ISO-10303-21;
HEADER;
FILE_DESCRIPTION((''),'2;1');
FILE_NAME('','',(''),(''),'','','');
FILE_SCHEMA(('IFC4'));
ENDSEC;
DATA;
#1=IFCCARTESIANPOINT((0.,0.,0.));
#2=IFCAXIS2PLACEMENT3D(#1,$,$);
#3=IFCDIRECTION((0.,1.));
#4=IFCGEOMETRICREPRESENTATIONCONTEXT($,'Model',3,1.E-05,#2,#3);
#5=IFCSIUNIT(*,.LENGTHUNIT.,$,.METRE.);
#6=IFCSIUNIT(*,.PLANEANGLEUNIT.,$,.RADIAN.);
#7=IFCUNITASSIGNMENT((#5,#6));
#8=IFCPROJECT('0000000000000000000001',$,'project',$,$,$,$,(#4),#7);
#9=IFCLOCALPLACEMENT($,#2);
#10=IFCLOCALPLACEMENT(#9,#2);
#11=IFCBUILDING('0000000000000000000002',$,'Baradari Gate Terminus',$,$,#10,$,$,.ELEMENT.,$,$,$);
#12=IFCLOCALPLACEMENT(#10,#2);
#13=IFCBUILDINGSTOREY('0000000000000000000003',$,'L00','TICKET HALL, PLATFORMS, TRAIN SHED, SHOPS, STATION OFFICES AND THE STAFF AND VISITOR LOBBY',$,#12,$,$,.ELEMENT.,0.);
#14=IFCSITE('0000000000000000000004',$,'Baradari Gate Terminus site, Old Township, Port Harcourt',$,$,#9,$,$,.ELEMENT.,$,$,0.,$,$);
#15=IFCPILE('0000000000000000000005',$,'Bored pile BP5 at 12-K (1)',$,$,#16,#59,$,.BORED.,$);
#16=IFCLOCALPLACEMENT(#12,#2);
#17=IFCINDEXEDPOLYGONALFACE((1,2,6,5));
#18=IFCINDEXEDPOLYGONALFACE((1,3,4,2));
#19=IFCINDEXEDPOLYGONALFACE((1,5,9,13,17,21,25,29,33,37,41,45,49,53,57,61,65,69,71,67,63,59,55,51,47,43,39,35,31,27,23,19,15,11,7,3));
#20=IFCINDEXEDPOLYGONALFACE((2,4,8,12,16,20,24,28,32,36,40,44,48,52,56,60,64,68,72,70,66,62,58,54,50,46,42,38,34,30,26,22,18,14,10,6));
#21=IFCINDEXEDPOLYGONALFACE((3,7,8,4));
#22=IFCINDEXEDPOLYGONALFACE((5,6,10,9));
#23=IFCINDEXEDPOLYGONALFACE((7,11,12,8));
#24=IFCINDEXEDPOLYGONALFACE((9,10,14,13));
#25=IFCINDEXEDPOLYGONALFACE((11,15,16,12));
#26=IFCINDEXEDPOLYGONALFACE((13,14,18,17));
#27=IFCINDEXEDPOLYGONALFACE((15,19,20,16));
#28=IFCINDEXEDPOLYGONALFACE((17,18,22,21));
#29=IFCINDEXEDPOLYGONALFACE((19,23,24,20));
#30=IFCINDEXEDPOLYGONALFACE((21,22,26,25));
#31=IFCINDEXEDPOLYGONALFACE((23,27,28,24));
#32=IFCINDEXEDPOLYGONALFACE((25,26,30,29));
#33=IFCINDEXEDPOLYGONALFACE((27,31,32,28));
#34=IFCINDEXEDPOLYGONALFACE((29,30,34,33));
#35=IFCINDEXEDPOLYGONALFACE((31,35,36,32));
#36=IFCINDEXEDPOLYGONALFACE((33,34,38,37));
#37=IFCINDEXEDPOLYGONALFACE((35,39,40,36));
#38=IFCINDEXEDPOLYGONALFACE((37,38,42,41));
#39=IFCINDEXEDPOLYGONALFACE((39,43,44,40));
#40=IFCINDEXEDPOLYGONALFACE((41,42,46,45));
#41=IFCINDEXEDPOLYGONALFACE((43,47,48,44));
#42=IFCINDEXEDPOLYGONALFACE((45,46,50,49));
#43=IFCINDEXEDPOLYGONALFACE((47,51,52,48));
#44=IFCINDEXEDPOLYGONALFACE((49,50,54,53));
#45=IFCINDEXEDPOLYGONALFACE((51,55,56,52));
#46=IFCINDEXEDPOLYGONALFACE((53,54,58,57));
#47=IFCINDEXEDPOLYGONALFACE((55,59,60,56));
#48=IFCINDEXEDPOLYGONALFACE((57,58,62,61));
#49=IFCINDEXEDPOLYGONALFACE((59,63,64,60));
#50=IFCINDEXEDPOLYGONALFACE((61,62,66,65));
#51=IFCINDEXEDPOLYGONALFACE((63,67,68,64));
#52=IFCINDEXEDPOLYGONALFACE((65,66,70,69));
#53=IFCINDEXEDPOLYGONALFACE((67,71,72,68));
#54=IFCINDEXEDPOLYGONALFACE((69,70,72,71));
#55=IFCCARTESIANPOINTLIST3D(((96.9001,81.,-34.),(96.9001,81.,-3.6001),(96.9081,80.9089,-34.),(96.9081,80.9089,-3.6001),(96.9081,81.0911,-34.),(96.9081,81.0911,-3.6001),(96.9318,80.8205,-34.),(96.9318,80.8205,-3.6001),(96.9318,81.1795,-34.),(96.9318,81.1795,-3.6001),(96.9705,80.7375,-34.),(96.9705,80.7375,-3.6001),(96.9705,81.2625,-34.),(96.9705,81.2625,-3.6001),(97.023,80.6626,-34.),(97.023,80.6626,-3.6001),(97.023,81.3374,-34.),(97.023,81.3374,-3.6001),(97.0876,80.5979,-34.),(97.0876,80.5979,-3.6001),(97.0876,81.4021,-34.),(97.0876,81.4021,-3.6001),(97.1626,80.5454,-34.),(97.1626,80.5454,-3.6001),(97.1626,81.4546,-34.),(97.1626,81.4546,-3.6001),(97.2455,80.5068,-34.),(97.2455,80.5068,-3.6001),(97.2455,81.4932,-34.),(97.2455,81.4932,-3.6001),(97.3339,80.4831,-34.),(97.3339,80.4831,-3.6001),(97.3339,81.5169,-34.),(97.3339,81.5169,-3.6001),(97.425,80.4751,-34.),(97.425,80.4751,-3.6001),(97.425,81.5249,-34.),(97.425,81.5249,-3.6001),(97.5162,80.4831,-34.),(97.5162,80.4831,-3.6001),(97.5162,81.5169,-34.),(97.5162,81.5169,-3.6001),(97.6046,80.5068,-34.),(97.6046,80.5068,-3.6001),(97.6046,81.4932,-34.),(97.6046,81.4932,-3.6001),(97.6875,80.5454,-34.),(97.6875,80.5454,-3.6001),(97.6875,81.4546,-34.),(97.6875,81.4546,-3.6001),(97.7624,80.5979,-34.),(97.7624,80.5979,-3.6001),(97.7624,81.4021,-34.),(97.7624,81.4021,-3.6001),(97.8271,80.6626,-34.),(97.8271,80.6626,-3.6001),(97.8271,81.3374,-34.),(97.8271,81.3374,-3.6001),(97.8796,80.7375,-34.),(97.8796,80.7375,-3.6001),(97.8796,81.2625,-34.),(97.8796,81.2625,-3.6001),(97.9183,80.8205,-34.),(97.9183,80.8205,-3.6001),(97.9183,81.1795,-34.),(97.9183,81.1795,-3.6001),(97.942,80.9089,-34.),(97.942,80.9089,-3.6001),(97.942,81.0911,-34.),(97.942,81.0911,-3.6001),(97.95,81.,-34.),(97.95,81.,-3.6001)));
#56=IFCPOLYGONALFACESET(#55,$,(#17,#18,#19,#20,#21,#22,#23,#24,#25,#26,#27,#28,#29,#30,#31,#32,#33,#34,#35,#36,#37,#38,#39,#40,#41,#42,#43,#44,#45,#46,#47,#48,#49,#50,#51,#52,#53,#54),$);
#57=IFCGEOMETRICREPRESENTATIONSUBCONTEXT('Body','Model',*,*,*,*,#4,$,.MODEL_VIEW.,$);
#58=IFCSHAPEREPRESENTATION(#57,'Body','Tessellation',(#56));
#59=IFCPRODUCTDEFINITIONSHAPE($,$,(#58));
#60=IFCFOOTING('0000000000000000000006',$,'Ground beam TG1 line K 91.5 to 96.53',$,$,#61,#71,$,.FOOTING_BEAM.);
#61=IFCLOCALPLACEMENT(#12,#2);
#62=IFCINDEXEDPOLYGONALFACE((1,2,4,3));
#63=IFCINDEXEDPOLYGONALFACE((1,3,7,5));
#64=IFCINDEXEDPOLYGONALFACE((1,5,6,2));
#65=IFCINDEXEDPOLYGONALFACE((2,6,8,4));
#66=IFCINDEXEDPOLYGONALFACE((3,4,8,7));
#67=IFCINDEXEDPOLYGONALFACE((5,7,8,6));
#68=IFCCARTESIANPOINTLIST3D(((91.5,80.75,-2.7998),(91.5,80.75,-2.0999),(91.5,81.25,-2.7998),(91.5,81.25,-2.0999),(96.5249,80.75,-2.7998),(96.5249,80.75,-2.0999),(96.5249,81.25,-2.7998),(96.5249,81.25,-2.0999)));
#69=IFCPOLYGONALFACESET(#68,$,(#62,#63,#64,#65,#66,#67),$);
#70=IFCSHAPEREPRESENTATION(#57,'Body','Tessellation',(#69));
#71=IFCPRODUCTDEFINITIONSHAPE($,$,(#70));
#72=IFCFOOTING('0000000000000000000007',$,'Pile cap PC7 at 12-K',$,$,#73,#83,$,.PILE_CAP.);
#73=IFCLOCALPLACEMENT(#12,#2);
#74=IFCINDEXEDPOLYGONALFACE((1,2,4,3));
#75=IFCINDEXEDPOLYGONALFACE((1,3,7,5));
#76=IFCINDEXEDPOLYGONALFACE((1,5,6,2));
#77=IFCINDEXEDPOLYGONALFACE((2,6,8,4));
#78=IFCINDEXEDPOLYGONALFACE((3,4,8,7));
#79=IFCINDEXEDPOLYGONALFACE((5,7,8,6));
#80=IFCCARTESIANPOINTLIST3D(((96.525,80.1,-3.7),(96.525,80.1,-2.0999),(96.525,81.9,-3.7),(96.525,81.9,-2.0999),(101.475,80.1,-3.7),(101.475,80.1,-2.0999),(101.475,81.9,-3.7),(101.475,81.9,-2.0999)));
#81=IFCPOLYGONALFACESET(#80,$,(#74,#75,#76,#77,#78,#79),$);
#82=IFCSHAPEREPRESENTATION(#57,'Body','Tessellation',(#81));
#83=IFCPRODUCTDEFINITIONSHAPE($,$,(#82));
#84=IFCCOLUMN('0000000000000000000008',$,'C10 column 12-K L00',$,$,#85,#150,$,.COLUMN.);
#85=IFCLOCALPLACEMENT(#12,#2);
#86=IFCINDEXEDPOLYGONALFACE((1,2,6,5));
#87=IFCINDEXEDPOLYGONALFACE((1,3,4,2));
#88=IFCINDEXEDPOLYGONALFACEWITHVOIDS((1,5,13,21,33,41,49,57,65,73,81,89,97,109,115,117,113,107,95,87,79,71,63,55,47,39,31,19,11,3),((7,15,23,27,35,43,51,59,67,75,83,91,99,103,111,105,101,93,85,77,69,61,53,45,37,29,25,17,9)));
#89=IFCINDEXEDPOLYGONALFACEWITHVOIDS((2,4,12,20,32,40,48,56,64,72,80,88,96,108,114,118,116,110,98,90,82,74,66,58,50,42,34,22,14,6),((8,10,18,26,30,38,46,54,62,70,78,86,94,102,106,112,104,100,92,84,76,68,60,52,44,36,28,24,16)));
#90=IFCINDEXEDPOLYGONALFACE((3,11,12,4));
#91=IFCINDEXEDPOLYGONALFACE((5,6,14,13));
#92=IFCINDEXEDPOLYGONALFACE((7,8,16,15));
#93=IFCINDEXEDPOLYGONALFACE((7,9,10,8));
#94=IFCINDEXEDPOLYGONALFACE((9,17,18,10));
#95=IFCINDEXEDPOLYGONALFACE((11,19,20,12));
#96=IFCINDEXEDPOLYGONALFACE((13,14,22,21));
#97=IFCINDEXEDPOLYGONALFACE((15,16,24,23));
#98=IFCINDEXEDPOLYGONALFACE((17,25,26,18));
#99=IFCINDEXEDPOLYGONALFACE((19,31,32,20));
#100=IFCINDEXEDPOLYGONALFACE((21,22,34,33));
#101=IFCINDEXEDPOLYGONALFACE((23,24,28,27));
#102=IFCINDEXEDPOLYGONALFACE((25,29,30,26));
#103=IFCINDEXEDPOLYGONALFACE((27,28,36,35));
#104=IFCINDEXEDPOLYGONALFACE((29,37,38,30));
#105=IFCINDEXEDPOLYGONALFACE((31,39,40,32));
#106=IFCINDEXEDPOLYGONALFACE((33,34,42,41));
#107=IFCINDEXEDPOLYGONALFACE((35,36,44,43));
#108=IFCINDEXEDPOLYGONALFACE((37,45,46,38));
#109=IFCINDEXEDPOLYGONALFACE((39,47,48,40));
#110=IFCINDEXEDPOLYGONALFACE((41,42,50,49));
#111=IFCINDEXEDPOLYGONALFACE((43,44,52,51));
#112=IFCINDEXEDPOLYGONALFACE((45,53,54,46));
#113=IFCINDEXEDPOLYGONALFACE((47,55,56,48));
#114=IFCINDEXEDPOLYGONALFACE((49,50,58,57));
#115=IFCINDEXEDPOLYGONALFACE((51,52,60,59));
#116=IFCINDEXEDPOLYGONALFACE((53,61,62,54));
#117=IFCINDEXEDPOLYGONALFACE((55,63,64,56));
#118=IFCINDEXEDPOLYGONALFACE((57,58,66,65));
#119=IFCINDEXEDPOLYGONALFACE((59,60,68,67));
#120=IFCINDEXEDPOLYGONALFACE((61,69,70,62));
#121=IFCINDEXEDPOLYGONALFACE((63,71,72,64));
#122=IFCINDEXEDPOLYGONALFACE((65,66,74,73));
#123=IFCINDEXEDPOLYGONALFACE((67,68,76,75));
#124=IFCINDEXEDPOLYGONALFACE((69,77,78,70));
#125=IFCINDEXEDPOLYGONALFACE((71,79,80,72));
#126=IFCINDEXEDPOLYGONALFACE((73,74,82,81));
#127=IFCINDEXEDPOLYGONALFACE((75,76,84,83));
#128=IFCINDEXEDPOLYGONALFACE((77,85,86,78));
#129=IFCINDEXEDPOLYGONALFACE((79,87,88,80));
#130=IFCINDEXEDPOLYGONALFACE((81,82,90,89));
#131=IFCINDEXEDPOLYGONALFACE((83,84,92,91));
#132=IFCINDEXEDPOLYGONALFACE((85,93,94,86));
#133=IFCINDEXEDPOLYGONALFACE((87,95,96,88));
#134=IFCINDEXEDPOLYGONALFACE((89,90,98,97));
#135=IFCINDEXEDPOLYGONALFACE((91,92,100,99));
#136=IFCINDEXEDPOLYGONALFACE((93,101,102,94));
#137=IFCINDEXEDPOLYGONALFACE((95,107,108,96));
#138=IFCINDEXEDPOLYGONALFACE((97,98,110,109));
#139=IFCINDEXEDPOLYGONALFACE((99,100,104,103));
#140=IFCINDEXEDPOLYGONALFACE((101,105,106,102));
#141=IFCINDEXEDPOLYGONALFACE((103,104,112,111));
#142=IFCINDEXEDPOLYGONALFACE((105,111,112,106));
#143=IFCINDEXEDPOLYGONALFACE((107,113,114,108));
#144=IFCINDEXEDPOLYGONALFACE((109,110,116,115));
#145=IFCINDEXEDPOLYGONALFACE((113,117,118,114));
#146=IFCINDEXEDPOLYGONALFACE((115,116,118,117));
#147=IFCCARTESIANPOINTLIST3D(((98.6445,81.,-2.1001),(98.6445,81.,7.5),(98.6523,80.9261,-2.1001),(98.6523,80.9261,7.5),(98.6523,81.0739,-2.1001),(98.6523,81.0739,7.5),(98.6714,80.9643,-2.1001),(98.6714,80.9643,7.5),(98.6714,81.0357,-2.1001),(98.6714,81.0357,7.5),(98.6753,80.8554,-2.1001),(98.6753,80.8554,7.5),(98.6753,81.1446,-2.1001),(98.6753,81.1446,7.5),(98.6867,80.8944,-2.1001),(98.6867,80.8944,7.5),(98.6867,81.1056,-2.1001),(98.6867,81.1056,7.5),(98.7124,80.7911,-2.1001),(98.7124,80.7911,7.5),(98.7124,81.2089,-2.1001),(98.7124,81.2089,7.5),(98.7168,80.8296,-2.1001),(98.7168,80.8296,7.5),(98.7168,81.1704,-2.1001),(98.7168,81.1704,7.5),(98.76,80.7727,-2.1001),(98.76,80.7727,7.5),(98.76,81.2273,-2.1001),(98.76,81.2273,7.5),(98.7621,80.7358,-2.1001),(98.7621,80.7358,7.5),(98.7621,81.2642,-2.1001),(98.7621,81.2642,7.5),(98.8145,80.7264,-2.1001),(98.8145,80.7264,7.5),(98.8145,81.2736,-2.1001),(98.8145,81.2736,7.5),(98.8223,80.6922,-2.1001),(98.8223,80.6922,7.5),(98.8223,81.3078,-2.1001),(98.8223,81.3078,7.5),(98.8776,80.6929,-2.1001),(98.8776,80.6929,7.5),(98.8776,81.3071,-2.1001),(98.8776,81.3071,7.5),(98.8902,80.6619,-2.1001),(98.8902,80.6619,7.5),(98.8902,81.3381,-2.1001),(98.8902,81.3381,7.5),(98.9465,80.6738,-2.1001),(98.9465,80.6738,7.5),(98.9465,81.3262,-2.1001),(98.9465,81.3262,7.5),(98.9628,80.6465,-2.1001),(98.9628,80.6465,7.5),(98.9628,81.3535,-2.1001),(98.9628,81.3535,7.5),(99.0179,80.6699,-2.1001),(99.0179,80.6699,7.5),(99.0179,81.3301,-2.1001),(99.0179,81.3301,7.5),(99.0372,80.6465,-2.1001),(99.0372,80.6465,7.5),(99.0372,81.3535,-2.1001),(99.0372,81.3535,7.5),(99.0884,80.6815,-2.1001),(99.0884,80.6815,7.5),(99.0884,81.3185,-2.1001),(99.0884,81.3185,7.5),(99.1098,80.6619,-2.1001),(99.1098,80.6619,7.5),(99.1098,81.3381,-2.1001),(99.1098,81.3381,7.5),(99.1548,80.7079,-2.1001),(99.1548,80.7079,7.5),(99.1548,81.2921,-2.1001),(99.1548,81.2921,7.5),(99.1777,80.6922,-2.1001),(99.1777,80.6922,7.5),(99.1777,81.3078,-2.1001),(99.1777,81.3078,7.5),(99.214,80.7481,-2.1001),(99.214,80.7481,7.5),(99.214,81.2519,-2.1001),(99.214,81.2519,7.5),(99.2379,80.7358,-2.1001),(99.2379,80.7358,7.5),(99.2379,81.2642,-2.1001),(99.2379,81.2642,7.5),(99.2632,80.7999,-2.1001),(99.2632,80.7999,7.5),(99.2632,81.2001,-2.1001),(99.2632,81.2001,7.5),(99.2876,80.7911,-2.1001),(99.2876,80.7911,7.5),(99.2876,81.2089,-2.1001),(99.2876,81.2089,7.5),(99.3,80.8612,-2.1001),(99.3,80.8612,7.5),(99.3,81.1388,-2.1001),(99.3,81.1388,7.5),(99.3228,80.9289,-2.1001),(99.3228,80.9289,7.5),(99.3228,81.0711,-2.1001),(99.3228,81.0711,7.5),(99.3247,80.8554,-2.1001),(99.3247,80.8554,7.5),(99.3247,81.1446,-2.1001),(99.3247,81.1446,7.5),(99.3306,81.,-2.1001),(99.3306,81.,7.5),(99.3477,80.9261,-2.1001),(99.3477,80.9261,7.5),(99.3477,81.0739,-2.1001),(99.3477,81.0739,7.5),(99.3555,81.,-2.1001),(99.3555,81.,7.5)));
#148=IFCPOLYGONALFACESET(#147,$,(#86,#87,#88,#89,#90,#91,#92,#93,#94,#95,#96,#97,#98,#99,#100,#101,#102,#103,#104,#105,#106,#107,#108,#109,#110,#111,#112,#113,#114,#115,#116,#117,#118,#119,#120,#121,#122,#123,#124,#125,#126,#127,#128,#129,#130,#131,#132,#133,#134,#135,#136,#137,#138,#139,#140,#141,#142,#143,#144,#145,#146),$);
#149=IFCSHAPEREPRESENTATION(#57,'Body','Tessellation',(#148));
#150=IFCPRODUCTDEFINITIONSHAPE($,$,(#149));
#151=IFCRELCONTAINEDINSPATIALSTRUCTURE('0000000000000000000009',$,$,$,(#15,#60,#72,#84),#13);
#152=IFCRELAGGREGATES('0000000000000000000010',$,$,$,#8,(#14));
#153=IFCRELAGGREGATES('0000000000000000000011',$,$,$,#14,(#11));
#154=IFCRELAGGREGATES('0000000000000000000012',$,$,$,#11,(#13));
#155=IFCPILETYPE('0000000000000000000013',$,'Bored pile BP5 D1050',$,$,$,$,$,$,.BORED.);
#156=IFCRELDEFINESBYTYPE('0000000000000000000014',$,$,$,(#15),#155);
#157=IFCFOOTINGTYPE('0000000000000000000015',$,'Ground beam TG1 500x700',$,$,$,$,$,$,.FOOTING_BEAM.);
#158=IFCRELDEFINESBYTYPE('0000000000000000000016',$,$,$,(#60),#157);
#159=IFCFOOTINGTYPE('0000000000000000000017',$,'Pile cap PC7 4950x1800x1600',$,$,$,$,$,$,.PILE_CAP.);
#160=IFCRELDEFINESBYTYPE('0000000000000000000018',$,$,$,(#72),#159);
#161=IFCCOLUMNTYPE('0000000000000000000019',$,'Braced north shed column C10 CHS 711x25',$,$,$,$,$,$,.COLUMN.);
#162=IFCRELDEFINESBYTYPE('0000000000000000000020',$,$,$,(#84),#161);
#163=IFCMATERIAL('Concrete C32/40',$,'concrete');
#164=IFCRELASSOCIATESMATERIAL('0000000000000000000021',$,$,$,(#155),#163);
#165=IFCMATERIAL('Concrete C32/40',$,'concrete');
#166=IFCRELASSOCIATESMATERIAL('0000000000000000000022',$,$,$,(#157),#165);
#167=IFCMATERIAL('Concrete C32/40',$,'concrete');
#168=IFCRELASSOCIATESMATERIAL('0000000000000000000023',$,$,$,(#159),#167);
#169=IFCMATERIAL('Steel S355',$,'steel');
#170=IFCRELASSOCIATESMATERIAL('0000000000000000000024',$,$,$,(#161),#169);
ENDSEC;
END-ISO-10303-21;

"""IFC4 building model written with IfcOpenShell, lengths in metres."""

from ifc_helpers import new_model, si_unit, direction, frame, origin, origin_2d, place, context, subcontext, project, spatial, rectangle, circle, hollow_circle, extrude, material, material_profile, profile_set, type_object, element, save


model = new_model("IFC4")

# Units and contexts
model_context = context("Model", 3, precision=1e-05, world=origin(), true_north=direction((0.0, 1.0)))
body_context = subcontext(model_context, "Body", "Model", "MODEL_VIEW")
ifc_project = project(units=[si_unit("LENGTHUNIT", "METRE"), si_unit("PLANEANGLEUNIT", "RADIAN")], contexts=[model_context])

# Site, building, storey
site_placement = place(None, origin())
site = spatial("IfcSite", under=ifc_project, at=site_placement, Name="Baradari Gate Terminus site, Old Township, Port Harcourt", CompositionType="ELEMENT", RefElevation=0.0)
building_placement = place(site_placement, origin())
building = spatial("IfcBuilding", under=site, at=building_placement, Name="Baradari Gate Terminus", CompositionType="ELEMENT")
storey_placement = place(building_placement, origin())
storey = spatial("IfcBuildingStorey", under=building, at=storey_placement, Name="L00", Description="TICKET HALL, PLATFORMS, TRAIN SHED, SHOPS, STATION OFFICES AND THE STAFF AND VISITOR LOBBY", CompositionType="ELEMENT", Elevation=0.0)

# Pile
ifc_material_1 = material(Name="Concrete C32/40", Category="concrete")
pile_type = type_object("IfcPileType", Name="Bored pile BP5 D1050", PredefinedType="BORED", material=ifc_material_1)
pile_placement = place(storey_placement, frame((97.425, 81.0, -3.6001), z_axis=(0.0, 0.0, -1.0), x_axis=(1.0, 0.0, 0.0)))
element("IfcPile", 1, at=pile_placement, inside=storey, type_object=pile_type, Name="Bored pile BP5 at 12-K (1)", PredefinedType="BORED", context=body_context, shape_type="SweptSolid", body=[
    extrude(circle(Radius=0.5249, at=origin_2d()), origin(), (0.0, 0.0, 1.0), 30.3999),
])

# Footings
ifc_material_2 = material(Name="Concrete C32/40", Category="concrete")
footing_type_1 = type_object("IfcFootingType", Name="Ground beam TG1 500x700", PredefinedType="FOOTING_BEAM", material=ifc_material_2)
footing_1_placement = place(storey_placement, frame((94.0125, 81.0, -2.7998), z_axis=(0.0, 0.0, 1.0), x_axis=(1.0, 0.0, 0.0)))
element("IfcFooting", 2, at=footing_1_placement, inside=storey, type_object=footing_type_1, Name="Ground beam TG1 line K 91.5 to 96.53", PredefinedType="FOOTING_BEAM", context=body_context, shape_type="SweptSolid", body=[
    extrude(rectangle(XDim=5.0249, YDim=0.5, at=origin_2d()), origin(), (0.0, 0.0, 1.0), 0.7),
])
ifc_material_3 = material(Name="Concrete C32/40", Category="concrete")
footing_type_2 = type_object("IfcFootingType", Name="Pile cap PC7 4950x1800x1600", PredefinedType="PILE_CAP", material=ifc_material_3)
footing_2_placement = place(storey_placement, frame((99.0, 81.0, -3.7), z_axis=(0.0, 0.0, 1.0), x_axis=(1.0, 0.0, 0.0)))
element("IfcFooting", 3, at=footing_2_placement, inside=storey, type_object=footing_type_2, Name="Pile cap PC7 at 12-K", PredefinedType="PILE_CAP", context=body_context, shape_type="SweptSolid", body=[
    extrude(rectangle(XDim=4.95, YDim=1.8, at=origin_2d()), origin(), (0.0, 0.0, 1.0), 1.6001),
])

# Column
ifc_material_4 = material(Name="Steel S355", Category="steel")
ifc_material_profile_1 = material_profile(ifc_material_4, hollow_circle(Radius=0.3555, WallThickness=0.0249, at=origin_2d()), Name="CHS 711x25")
ifc_profile_set_1 = profile_set([ifc_material_profile_1], Name="Steel S355")
column_type = type_object("IfcColumnType", Name="Braced north shed column C10 CHS 711x25", PredefinedType="COLUMN", material=ifc_profile_set_1)
column_placement = place(storey_placement, frame((99.0, 81.0, -2.1001), z_axis=(0.0, 0.0, 1.0), x_axis=(1.0, 0.0, 0.0)))
element("IfcColumn", 4, at=column_placement, inside=storey, type_object=column_type, Name="C10 column 12-K L00", PredefinedType="COLUMN", context=body_context, shape_type="SweptSolid", body=[
    extrude(hollow_circle(Radius=0.3555, WallThickness=0.0249, at=origin_2d()), origin(), (0.0, 0.0, 1.0), 9.6001),
])

save(model, "model.ifc")
